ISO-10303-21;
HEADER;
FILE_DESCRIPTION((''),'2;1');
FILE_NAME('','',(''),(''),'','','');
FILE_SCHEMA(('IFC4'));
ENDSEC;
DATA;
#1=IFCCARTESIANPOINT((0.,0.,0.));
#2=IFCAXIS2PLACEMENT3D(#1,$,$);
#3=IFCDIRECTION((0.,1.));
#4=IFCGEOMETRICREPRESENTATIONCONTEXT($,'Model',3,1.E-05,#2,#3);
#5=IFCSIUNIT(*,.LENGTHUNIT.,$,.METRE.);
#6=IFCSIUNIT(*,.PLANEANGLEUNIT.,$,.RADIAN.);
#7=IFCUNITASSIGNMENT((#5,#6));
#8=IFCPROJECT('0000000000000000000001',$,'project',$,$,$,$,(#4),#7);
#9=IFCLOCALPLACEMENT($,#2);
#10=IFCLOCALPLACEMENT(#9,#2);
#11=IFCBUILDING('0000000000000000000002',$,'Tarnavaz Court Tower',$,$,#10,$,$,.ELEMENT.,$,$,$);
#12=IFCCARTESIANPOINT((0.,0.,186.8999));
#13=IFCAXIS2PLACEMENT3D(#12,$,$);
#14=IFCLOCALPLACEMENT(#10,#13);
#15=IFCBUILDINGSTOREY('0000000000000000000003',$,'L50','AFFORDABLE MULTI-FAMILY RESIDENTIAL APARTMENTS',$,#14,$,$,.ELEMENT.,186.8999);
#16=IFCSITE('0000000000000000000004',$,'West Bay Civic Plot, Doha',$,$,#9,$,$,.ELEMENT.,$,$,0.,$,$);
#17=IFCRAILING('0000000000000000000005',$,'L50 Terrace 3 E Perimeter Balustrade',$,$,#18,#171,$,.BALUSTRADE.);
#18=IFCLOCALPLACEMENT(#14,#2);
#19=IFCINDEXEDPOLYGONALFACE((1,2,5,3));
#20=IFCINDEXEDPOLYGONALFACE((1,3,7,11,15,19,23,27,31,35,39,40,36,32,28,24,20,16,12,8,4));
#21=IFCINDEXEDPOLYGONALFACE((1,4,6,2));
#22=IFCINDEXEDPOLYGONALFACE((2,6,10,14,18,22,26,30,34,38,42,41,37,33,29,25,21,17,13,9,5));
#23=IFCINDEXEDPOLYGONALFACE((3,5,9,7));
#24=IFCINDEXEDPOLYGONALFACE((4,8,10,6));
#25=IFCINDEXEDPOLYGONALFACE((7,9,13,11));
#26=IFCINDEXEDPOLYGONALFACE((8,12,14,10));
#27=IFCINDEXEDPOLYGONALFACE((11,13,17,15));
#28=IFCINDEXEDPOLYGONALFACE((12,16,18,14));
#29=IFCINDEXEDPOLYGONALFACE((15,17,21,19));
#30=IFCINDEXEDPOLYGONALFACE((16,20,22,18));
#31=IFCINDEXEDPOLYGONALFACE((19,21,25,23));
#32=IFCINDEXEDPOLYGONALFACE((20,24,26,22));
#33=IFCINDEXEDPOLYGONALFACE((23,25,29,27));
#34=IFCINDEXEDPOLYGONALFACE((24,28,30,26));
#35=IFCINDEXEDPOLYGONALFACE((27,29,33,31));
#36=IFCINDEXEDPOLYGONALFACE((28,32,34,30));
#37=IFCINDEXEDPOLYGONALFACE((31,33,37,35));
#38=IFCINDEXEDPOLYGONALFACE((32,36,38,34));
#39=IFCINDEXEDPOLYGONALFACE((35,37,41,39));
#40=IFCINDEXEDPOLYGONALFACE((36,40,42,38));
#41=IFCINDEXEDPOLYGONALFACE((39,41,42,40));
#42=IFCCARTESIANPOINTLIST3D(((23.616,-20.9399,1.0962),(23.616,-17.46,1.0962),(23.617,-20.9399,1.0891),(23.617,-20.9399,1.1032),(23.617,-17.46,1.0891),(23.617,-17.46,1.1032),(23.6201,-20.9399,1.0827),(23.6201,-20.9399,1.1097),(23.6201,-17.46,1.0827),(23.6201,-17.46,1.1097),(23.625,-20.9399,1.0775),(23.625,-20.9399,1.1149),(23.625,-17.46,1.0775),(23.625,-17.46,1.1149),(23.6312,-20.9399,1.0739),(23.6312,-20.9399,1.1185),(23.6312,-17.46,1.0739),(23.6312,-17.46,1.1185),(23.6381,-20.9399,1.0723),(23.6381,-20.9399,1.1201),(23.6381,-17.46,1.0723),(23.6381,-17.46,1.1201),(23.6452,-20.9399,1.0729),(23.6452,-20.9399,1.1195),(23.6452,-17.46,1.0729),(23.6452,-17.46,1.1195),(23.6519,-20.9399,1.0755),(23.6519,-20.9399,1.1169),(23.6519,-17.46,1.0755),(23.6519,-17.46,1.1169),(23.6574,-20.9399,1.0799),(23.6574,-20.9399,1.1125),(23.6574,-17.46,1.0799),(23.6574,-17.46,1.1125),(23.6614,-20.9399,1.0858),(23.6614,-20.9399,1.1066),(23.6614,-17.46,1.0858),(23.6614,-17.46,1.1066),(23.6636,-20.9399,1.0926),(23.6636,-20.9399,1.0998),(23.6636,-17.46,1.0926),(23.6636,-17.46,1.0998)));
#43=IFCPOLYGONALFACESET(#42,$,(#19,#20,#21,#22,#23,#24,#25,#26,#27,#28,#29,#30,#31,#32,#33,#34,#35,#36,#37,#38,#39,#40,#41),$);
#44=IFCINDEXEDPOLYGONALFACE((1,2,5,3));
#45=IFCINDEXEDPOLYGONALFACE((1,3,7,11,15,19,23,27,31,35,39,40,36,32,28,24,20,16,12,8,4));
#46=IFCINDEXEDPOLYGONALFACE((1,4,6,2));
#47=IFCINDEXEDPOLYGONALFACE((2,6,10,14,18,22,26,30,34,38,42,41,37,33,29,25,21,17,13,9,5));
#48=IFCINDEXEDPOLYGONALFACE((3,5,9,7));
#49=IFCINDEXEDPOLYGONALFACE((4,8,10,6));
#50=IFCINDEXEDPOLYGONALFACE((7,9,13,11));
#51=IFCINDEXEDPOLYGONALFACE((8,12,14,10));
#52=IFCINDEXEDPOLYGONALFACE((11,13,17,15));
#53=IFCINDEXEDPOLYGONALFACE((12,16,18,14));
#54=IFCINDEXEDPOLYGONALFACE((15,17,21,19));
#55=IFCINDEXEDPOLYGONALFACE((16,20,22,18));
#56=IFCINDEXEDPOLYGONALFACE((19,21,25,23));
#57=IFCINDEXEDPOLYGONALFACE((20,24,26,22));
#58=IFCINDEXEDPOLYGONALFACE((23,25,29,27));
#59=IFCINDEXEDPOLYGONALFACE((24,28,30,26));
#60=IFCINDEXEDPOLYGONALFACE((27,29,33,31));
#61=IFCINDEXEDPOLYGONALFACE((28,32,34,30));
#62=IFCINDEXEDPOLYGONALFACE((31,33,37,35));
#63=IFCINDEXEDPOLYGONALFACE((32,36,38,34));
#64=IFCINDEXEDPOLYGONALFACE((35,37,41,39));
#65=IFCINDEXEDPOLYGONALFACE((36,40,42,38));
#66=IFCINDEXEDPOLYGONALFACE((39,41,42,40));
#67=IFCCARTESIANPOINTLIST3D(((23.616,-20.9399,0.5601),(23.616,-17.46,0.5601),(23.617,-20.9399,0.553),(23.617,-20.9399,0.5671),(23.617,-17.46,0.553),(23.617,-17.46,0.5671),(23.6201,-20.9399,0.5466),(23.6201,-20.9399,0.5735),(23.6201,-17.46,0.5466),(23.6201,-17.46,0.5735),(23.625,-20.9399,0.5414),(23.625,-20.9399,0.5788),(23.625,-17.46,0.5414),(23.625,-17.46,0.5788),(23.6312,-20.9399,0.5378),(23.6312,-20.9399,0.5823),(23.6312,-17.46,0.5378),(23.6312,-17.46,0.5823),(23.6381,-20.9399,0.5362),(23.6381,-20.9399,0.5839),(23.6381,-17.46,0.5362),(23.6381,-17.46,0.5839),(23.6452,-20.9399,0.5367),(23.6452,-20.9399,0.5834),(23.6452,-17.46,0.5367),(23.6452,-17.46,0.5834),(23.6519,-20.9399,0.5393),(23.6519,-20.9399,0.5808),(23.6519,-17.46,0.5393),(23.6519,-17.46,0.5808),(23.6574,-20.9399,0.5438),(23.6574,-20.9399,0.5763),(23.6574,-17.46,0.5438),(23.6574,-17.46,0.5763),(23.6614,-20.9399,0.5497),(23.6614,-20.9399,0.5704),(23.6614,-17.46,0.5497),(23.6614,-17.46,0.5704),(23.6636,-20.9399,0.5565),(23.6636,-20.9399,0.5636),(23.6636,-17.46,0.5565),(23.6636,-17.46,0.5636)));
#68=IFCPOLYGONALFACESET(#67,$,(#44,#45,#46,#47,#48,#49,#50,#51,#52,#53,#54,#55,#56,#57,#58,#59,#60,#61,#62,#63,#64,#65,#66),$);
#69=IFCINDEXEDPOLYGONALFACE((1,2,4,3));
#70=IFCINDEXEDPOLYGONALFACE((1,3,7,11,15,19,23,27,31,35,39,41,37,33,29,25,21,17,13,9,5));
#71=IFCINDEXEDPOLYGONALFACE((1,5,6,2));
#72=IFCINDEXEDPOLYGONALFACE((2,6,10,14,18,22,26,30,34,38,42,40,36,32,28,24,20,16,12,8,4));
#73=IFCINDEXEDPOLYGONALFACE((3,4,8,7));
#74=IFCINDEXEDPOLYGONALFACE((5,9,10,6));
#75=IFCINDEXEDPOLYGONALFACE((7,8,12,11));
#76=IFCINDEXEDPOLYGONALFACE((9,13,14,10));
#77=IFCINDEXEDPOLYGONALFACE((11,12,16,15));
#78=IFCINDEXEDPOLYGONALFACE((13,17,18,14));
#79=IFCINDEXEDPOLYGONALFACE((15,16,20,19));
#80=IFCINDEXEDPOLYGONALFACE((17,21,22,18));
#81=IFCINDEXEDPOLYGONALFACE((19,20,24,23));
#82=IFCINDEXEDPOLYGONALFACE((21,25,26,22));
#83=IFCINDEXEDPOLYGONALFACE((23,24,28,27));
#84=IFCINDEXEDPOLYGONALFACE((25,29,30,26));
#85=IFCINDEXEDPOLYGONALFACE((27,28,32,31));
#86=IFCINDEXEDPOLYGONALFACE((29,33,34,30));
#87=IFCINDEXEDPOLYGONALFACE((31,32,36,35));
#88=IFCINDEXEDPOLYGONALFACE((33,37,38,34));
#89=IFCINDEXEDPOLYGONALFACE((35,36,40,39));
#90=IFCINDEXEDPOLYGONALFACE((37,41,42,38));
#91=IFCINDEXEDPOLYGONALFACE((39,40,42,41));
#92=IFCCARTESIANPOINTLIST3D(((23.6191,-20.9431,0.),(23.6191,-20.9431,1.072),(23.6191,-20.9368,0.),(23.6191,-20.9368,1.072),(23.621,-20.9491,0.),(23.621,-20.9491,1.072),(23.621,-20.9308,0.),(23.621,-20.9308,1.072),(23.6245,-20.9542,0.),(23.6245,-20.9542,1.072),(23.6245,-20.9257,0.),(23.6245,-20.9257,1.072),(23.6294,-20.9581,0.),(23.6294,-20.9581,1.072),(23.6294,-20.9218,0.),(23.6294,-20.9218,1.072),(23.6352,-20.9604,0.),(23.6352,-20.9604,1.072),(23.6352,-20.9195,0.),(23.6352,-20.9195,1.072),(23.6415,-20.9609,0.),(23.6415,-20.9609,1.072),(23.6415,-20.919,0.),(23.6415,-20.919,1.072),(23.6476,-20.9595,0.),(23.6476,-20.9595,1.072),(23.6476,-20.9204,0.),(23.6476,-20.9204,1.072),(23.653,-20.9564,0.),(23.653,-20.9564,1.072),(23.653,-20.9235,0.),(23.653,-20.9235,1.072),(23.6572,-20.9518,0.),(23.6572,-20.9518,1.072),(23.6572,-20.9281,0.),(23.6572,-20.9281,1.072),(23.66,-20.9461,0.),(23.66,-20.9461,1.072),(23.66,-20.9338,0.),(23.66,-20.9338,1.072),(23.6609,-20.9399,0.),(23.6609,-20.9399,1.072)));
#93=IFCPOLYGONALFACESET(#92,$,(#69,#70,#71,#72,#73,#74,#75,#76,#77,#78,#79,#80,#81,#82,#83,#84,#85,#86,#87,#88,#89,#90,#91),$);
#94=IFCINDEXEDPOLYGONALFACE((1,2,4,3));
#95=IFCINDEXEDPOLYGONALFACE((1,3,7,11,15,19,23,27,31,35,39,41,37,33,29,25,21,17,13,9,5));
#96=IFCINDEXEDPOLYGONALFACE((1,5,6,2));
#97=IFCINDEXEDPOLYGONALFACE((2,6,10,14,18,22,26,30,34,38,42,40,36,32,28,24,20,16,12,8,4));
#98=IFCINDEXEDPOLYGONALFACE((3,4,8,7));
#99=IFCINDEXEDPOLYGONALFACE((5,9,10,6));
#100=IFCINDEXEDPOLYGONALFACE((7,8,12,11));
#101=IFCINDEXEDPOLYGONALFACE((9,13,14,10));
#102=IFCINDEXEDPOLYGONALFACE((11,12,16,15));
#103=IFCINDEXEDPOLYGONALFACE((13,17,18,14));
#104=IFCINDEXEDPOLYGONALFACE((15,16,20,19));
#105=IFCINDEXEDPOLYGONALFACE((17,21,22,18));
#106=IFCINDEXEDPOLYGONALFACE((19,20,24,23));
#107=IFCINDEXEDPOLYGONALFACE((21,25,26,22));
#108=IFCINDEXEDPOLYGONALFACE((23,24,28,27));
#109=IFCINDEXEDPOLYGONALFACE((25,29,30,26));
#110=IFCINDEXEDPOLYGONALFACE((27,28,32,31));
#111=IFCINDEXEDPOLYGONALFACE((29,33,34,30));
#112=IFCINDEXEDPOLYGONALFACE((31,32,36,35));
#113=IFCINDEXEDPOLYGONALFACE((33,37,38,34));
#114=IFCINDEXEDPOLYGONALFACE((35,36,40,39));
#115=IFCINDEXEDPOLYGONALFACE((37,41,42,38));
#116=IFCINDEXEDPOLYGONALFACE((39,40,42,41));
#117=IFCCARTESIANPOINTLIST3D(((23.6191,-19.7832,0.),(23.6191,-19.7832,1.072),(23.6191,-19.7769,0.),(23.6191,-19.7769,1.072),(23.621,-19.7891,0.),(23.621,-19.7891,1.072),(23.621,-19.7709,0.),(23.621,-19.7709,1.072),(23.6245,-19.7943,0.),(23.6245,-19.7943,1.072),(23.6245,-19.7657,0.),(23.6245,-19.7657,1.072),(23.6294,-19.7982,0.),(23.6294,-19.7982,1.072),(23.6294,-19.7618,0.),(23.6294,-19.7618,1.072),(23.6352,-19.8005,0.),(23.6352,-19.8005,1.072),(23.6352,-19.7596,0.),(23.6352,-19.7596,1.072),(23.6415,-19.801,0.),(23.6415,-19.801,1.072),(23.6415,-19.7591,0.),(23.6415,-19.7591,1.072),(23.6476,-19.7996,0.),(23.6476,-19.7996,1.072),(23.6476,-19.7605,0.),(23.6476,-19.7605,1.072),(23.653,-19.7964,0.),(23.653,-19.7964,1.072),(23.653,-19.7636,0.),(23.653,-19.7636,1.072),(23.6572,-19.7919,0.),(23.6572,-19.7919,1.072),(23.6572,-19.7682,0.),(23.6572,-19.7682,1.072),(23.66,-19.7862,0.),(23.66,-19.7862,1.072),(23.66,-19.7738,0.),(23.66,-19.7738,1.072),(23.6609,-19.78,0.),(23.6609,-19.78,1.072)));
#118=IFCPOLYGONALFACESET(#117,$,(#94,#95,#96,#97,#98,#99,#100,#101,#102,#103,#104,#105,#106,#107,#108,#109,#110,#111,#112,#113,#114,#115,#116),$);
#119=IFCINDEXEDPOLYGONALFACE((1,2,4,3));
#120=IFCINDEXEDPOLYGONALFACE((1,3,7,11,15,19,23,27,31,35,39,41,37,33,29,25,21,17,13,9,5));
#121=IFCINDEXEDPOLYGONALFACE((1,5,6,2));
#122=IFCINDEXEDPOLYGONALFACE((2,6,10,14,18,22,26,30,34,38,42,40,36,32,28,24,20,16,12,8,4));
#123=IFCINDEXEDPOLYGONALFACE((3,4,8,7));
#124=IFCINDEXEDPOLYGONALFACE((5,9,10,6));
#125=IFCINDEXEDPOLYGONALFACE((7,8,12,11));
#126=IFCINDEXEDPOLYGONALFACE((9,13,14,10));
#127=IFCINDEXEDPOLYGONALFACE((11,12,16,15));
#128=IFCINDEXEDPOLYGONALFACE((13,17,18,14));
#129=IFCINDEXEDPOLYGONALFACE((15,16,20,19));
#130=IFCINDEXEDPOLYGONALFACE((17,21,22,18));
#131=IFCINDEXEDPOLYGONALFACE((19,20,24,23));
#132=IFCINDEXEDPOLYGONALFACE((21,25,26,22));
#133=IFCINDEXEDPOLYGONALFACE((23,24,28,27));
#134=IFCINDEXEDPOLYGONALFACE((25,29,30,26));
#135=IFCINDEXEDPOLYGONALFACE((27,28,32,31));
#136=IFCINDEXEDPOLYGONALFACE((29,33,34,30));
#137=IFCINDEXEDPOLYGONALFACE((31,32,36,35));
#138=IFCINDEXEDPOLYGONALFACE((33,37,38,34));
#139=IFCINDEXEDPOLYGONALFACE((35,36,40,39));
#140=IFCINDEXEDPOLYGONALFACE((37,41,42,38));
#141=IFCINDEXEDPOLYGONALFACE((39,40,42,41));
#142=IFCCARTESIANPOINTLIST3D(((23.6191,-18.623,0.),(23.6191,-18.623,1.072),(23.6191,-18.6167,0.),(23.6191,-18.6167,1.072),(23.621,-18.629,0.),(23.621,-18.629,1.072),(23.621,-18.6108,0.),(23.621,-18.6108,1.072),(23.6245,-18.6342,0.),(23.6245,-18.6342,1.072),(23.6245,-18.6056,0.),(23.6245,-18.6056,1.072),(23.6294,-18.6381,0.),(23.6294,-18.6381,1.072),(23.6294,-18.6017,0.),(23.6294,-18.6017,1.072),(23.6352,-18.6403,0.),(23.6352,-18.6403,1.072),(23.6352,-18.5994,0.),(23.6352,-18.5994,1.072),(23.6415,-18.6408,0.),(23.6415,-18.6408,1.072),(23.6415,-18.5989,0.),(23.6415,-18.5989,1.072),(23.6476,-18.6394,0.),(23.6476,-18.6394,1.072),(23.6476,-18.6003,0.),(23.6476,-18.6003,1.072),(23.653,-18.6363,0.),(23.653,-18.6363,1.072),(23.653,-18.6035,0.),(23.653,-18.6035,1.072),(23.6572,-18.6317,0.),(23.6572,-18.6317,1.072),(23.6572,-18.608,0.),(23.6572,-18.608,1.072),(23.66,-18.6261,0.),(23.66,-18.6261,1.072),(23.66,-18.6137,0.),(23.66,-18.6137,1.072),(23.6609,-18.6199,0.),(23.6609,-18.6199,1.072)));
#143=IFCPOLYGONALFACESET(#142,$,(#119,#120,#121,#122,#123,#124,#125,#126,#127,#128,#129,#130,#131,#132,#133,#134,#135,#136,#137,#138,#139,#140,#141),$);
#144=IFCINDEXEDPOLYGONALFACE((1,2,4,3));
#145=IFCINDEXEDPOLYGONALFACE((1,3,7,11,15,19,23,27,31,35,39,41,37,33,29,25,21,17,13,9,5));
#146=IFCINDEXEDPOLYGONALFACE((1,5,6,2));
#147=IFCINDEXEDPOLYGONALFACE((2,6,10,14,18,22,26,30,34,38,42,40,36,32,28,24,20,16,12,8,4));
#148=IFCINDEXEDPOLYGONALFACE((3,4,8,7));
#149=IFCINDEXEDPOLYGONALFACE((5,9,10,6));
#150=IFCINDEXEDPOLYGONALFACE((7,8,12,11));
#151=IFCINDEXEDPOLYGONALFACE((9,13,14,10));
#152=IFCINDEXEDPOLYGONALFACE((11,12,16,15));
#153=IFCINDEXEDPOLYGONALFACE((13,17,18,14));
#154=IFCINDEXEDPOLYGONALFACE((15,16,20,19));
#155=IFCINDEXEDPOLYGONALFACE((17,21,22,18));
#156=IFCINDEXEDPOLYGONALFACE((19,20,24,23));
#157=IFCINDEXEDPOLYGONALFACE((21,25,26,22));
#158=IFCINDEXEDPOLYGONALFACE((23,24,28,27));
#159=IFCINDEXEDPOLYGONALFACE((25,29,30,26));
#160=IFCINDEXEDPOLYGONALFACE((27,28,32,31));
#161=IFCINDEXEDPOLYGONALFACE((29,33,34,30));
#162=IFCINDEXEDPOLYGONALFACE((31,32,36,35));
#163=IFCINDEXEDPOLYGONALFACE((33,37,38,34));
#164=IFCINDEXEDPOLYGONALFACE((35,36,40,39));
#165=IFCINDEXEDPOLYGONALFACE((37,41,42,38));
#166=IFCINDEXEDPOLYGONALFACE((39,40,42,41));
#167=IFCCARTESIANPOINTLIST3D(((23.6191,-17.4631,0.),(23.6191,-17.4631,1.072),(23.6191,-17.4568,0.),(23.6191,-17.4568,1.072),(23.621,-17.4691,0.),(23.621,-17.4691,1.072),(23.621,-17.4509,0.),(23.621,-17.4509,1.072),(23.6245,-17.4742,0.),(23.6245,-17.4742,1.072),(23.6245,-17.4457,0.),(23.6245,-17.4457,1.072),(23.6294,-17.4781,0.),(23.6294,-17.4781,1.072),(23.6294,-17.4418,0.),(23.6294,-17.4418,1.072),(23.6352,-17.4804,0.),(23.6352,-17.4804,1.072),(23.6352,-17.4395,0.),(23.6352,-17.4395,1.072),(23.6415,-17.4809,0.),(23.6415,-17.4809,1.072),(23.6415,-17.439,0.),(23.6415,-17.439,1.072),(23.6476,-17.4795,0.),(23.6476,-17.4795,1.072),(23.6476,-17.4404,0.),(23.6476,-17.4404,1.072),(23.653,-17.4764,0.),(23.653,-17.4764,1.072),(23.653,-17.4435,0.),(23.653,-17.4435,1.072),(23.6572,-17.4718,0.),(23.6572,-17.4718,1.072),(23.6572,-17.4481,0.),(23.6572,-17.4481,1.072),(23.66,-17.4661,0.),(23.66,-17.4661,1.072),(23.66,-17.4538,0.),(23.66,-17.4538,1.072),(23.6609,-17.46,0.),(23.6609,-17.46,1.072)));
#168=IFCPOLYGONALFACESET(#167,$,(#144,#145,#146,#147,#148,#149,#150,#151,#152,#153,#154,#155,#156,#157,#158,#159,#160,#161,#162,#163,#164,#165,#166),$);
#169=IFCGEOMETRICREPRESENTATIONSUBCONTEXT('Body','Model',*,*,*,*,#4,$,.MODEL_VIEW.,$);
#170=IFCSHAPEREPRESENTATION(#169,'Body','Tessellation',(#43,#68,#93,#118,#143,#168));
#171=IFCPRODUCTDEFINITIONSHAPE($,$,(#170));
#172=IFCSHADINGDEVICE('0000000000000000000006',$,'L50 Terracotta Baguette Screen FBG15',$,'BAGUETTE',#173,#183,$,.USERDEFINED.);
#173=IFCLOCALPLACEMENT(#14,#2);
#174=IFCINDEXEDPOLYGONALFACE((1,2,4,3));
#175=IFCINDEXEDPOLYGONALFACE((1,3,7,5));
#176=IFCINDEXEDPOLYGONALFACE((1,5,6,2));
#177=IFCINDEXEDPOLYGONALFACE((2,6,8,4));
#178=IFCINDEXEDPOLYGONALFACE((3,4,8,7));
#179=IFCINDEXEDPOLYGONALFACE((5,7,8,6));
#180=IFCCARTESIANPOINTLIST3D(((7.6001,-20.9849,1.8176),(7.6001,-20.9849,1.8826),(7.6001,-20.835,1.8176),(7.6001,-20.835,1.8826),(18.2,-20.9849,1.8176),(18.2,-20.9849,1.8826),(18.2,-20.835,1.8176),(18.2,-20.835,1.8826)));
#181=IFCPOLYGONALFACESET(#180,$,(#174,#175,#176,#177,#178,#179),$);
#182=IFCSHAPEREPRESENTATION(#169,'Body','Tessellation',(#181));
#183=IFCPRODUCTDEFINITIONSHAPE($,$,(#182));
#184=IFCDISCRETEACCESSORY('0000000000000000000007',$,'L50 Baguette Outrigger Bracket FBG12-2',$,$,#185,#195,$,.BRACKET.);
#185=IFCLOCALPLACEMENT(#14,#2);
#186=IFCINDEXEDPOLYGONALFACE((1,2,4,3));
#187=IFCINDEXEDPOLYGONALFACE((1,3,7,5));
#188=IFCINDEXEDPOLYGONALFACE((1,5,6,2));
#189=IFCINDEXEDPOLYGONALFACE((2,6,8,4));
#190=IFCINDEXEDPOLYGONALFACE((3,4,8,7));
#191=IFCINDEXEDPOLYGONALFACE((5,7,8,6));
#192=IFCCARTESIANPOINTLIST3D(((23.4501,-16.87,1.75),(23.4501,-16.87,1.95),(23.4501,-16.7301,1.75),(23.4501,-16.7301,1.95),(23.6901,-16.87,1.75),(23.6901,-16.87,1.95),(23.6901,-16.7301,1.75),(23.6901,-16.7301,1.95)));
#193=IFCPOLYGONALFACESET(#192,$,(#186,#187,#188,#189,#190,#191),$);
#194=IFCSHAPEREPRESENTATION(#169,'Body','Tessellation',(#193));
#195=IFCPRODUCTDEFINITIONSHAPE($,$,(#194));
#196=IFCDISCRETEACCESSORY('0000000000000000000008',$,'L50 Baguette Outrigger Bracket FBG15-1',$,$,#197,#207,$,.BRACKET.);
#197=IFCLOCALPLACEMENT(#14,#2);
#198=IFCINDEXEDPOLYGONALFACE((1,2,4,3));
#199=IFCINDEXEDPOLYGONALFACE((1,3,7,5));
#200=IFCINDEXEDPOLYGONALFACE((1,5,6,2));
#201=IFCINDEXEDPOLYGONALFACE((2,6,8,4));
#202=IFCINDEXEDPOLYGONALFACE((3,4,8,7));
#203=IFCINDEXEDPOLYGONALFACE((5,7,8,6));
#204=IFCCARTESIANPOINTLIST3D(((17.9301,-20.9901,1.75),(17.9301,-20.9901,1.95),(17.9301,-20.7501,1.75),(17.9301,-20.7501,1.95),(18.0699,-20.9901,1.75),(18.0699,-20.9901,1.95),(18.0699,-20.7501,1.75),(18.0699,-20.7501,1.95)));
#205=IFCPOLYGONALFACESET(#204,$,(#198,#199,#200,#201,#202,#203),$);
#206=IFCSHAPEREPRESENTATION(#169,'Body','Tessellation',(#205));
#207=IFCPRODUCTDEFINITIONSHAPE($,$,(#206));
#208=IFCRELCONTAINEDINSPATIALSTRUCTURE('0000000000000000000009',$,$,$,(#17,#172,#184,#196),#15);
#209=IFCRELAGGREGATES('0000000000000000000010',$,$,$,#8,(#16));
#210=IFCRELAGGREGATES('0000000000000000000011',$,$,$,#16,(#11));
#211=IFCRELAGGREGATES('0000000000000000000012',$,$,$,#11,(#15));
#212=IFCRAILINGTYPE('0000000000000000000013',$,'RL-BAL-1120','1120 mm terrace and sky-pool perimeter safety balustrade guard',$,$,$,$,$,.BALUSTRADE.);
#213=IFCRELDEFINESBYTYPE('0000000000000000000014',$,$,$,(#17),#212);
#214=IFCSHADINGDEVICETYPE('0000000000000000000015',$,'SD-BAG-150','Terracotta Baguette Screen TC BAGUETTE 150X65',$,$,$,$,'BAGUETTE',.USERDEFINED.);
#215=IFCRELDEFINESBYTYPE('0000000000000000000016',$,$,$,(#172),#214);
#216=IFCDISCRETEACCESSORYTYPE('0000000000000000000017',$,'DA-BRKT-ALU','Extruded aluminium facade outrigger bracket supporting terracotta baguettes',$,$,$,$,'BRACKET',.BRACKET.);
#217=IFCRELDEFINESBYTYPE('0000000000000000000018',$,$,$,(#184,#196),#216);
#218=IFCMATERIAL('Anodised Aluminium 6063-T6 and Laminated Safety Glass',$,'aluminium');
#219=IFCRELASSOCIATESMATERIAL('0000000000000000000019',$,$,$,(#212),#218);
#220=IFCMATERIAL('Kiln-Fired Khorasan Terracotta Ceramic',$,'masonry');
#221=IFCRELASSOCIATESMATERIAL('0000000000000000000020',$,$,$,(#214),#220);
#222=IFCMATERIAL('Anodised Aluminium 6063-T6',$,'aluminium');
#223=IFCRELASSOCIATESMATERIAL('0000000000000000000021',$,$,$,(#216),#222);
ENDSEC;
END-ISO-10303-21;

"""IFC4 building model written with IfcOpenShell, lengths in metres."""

from ifc_helpers import new_model, si_unit, direction, frame, origin, origin_2d, place, context, subcontext, project, spatial, rectangle, circle, extrude, material, material_profile, profile_set, type_object, element, save


model = new_model("IFC4")

# Units and contexts
model_context = context("Model", 3, precision=1e-05, world=origin(), true_north=direction((0.0, 1.0)))
body_context = subcontext(model_context, "Body", "Model", "MODEL_VIEW")
ifc_project = project(units=[si_unit("LENGTHUNIT", "METRE"), si_unit("PLANEANGLEUNIT", "RADIAN")], contexts=[model_context])

# Site, building, storey
site_placement = place(None, origin())
site = spatial("IfcSite", under=ifc_project, at=site_placement, Name="West Bay Civic Plot, Doha", CompositionType="ELEMENT", RefElevation=0.0)
building_placement = place(site_placement, origin())
building = spatial("IfcBuilding", under=site, at=building_placement, Name="Tarnavaz Court Tower", CompositionType="ELEMENT")
storey_placement = place(building_placement, frame((0.0, 0.0, 186.8999)))
storey = spatial("IfcBuildingStorey", under=building, at=storey_placement, Name="L50", Description="AFFORDABLE MULTI-FAMILY RESIDENTIAL APARTMENTS", CompositionType="ELEMENT", Elevation=186.8999)

# Railing
ifc_material_1 = material(Name="Anodised Aluminium 6063-T6 and Laminated Safety Glass", Category="aluminium")
railing_type = type_object("IfcRailingType", Name="RL-BAL-1120", Description="1120 mm terrace and sky-pool perimeter safety balustrade guard", PredefinedType="BALUSTRADE", material=ifc_material_1)
railing_1_placement = place(storey_placement, frame((23.6399, -20.9399, 0.0)))
element("IfcRailing", 1, at=railing_1_placement, inside=storey, type_object=railing_type, Name="L50 Terrace 3 E Perimeter Balustrade", PredefinedType="BALUSTRADE", context=body_context, shape_type="SweptSolid", body=[
    extrude(circle(Radius=0.0239, at=origin_2d()), frame((0.0, 0.0, 1.0962), z_axis=(0.0, 1.0, 0.0), x_axis=(-1.0, 0.0, 0.0)), (0.0, 0.0, 1.0), 3.48),
    extrude(circle(Radius=0.0239, at=origin_2d()), frame((0.0, 0.0, 0.5601), z_axis=(0.0, 1.0, 0.0), x_axis=(-1.0, 0.0, 0.0)), (0.0, 0.0, 1.0), 3.48),
    extrude(circle(Radius=0.021, at=origin_2d()), origin(), (0.0, 0.0, 1.0), 1.072),
    extrude(circle(Radius=0.021, at=origin_2d()), frame((0.0, 1.1599, 0.0)), (0.0, 0.0, 1.0), 1.072),
    extrude(circle(Radius=0.021, at=origin_2d()), frame((0.0, 2.3201, 0.0)), (0.0, 0.0, 1.0), 1.072),
    extrude(circle(Radius=0.021, at=origin_2d()), frame((0.0, 3.48, 0.0)), (0.0, 0.0, 1.0), 1.072),
])

# Shading device
ifc_material_2 = material(Name="Kiln-Fired Khorasan Terracotta Ceramic", Category="masonry")
ifc_material_profile_1 = material_profile(ifc_material_2, rectangle(XDim=0.1499, YDim=0.0649, at=origin_2d()), Name="TC BAGUETTE 150X65")
ifc_profile_set_1 = profile_set([ifc_material_profile_1], Name="Kiln-Fired Khorasan Terracotta Ceramic")
shading_device_type = type_object("IfcShadingDeviceType", Name="SD-BAG-150", Description="Terracotta Baguette Screen TC BAGUETTE 150X65", ElementType="BAGUETTE", PredefinedType="USERDEFINED", material=ifc_profile_set_1)
shading_device_placement = place(storey_placement, frame((18.2, -20.9099, 1.8501), z_axis=(-1.0, 0.0, 0.0), x_axis=(0.0, -1.0, 0.0)))
element("IfcShadingDevice", 2, at=shading_device_placement, inside=storey, type_object=shading_device_type, Name="L50 Terracotta Baguette Screen FBG15", ObjectType="BAGUETTE", PredefinedType="USERDEFINED", context=body_context, shape_type="SweptSolid", body=[
    extrude(rectangle(XDim=0.1499, YDim=0.0649, at=origin_2d()), origin(), (0.0, 0.0, 1.0), 10.5999),
])

# Discrete accessories
ifc_material_3 = material(Name="Anodised Aluminium 6063-T6", Category="aluminium")
discrete_accessory_type = type_object("IfcDiscreteAccessoryType", Name="DA-BRKT-ALU", Description="Extruded aluminium facade outrigger bracket supporting terracotta baguettes", ElementType="BRACKET", PredefinedType="BRACKET", material=ifc_material_3)
for number, where, z_axis, x_axis, name in (
    (3, (23.5701, -16.8, 1.75), (0.0, 0.0, 1.0), (0.0, -1.0, 0.0), "L50 Baguette Outrigger Bracket FBG12-2"),
    (4, (18.0, -20.8701, 1.75), (0.0, 0.0, 1.0), (-1.0, 0.0, 0.0), "L50 Baguette Outrigger Bracket FBG15-1"),
):
    element("IfcDiscreteAccessory", number, at=place(storey_placement, frame(where, z_axis=z_axis, x_axis=x_axis)), inside=storey, type_object=discrete_accessory_type, Name=name, PredefinedType="BRACKET", context=body_context, shape_type="SweptSolid", body=[
        extrude(rectangle(XDim=0.1399, YDim=0.24, at=origin_2d()), origin(), (0.0, 0.0, 1.0), 0.2),
    ])

save(model, "model.ifc")
